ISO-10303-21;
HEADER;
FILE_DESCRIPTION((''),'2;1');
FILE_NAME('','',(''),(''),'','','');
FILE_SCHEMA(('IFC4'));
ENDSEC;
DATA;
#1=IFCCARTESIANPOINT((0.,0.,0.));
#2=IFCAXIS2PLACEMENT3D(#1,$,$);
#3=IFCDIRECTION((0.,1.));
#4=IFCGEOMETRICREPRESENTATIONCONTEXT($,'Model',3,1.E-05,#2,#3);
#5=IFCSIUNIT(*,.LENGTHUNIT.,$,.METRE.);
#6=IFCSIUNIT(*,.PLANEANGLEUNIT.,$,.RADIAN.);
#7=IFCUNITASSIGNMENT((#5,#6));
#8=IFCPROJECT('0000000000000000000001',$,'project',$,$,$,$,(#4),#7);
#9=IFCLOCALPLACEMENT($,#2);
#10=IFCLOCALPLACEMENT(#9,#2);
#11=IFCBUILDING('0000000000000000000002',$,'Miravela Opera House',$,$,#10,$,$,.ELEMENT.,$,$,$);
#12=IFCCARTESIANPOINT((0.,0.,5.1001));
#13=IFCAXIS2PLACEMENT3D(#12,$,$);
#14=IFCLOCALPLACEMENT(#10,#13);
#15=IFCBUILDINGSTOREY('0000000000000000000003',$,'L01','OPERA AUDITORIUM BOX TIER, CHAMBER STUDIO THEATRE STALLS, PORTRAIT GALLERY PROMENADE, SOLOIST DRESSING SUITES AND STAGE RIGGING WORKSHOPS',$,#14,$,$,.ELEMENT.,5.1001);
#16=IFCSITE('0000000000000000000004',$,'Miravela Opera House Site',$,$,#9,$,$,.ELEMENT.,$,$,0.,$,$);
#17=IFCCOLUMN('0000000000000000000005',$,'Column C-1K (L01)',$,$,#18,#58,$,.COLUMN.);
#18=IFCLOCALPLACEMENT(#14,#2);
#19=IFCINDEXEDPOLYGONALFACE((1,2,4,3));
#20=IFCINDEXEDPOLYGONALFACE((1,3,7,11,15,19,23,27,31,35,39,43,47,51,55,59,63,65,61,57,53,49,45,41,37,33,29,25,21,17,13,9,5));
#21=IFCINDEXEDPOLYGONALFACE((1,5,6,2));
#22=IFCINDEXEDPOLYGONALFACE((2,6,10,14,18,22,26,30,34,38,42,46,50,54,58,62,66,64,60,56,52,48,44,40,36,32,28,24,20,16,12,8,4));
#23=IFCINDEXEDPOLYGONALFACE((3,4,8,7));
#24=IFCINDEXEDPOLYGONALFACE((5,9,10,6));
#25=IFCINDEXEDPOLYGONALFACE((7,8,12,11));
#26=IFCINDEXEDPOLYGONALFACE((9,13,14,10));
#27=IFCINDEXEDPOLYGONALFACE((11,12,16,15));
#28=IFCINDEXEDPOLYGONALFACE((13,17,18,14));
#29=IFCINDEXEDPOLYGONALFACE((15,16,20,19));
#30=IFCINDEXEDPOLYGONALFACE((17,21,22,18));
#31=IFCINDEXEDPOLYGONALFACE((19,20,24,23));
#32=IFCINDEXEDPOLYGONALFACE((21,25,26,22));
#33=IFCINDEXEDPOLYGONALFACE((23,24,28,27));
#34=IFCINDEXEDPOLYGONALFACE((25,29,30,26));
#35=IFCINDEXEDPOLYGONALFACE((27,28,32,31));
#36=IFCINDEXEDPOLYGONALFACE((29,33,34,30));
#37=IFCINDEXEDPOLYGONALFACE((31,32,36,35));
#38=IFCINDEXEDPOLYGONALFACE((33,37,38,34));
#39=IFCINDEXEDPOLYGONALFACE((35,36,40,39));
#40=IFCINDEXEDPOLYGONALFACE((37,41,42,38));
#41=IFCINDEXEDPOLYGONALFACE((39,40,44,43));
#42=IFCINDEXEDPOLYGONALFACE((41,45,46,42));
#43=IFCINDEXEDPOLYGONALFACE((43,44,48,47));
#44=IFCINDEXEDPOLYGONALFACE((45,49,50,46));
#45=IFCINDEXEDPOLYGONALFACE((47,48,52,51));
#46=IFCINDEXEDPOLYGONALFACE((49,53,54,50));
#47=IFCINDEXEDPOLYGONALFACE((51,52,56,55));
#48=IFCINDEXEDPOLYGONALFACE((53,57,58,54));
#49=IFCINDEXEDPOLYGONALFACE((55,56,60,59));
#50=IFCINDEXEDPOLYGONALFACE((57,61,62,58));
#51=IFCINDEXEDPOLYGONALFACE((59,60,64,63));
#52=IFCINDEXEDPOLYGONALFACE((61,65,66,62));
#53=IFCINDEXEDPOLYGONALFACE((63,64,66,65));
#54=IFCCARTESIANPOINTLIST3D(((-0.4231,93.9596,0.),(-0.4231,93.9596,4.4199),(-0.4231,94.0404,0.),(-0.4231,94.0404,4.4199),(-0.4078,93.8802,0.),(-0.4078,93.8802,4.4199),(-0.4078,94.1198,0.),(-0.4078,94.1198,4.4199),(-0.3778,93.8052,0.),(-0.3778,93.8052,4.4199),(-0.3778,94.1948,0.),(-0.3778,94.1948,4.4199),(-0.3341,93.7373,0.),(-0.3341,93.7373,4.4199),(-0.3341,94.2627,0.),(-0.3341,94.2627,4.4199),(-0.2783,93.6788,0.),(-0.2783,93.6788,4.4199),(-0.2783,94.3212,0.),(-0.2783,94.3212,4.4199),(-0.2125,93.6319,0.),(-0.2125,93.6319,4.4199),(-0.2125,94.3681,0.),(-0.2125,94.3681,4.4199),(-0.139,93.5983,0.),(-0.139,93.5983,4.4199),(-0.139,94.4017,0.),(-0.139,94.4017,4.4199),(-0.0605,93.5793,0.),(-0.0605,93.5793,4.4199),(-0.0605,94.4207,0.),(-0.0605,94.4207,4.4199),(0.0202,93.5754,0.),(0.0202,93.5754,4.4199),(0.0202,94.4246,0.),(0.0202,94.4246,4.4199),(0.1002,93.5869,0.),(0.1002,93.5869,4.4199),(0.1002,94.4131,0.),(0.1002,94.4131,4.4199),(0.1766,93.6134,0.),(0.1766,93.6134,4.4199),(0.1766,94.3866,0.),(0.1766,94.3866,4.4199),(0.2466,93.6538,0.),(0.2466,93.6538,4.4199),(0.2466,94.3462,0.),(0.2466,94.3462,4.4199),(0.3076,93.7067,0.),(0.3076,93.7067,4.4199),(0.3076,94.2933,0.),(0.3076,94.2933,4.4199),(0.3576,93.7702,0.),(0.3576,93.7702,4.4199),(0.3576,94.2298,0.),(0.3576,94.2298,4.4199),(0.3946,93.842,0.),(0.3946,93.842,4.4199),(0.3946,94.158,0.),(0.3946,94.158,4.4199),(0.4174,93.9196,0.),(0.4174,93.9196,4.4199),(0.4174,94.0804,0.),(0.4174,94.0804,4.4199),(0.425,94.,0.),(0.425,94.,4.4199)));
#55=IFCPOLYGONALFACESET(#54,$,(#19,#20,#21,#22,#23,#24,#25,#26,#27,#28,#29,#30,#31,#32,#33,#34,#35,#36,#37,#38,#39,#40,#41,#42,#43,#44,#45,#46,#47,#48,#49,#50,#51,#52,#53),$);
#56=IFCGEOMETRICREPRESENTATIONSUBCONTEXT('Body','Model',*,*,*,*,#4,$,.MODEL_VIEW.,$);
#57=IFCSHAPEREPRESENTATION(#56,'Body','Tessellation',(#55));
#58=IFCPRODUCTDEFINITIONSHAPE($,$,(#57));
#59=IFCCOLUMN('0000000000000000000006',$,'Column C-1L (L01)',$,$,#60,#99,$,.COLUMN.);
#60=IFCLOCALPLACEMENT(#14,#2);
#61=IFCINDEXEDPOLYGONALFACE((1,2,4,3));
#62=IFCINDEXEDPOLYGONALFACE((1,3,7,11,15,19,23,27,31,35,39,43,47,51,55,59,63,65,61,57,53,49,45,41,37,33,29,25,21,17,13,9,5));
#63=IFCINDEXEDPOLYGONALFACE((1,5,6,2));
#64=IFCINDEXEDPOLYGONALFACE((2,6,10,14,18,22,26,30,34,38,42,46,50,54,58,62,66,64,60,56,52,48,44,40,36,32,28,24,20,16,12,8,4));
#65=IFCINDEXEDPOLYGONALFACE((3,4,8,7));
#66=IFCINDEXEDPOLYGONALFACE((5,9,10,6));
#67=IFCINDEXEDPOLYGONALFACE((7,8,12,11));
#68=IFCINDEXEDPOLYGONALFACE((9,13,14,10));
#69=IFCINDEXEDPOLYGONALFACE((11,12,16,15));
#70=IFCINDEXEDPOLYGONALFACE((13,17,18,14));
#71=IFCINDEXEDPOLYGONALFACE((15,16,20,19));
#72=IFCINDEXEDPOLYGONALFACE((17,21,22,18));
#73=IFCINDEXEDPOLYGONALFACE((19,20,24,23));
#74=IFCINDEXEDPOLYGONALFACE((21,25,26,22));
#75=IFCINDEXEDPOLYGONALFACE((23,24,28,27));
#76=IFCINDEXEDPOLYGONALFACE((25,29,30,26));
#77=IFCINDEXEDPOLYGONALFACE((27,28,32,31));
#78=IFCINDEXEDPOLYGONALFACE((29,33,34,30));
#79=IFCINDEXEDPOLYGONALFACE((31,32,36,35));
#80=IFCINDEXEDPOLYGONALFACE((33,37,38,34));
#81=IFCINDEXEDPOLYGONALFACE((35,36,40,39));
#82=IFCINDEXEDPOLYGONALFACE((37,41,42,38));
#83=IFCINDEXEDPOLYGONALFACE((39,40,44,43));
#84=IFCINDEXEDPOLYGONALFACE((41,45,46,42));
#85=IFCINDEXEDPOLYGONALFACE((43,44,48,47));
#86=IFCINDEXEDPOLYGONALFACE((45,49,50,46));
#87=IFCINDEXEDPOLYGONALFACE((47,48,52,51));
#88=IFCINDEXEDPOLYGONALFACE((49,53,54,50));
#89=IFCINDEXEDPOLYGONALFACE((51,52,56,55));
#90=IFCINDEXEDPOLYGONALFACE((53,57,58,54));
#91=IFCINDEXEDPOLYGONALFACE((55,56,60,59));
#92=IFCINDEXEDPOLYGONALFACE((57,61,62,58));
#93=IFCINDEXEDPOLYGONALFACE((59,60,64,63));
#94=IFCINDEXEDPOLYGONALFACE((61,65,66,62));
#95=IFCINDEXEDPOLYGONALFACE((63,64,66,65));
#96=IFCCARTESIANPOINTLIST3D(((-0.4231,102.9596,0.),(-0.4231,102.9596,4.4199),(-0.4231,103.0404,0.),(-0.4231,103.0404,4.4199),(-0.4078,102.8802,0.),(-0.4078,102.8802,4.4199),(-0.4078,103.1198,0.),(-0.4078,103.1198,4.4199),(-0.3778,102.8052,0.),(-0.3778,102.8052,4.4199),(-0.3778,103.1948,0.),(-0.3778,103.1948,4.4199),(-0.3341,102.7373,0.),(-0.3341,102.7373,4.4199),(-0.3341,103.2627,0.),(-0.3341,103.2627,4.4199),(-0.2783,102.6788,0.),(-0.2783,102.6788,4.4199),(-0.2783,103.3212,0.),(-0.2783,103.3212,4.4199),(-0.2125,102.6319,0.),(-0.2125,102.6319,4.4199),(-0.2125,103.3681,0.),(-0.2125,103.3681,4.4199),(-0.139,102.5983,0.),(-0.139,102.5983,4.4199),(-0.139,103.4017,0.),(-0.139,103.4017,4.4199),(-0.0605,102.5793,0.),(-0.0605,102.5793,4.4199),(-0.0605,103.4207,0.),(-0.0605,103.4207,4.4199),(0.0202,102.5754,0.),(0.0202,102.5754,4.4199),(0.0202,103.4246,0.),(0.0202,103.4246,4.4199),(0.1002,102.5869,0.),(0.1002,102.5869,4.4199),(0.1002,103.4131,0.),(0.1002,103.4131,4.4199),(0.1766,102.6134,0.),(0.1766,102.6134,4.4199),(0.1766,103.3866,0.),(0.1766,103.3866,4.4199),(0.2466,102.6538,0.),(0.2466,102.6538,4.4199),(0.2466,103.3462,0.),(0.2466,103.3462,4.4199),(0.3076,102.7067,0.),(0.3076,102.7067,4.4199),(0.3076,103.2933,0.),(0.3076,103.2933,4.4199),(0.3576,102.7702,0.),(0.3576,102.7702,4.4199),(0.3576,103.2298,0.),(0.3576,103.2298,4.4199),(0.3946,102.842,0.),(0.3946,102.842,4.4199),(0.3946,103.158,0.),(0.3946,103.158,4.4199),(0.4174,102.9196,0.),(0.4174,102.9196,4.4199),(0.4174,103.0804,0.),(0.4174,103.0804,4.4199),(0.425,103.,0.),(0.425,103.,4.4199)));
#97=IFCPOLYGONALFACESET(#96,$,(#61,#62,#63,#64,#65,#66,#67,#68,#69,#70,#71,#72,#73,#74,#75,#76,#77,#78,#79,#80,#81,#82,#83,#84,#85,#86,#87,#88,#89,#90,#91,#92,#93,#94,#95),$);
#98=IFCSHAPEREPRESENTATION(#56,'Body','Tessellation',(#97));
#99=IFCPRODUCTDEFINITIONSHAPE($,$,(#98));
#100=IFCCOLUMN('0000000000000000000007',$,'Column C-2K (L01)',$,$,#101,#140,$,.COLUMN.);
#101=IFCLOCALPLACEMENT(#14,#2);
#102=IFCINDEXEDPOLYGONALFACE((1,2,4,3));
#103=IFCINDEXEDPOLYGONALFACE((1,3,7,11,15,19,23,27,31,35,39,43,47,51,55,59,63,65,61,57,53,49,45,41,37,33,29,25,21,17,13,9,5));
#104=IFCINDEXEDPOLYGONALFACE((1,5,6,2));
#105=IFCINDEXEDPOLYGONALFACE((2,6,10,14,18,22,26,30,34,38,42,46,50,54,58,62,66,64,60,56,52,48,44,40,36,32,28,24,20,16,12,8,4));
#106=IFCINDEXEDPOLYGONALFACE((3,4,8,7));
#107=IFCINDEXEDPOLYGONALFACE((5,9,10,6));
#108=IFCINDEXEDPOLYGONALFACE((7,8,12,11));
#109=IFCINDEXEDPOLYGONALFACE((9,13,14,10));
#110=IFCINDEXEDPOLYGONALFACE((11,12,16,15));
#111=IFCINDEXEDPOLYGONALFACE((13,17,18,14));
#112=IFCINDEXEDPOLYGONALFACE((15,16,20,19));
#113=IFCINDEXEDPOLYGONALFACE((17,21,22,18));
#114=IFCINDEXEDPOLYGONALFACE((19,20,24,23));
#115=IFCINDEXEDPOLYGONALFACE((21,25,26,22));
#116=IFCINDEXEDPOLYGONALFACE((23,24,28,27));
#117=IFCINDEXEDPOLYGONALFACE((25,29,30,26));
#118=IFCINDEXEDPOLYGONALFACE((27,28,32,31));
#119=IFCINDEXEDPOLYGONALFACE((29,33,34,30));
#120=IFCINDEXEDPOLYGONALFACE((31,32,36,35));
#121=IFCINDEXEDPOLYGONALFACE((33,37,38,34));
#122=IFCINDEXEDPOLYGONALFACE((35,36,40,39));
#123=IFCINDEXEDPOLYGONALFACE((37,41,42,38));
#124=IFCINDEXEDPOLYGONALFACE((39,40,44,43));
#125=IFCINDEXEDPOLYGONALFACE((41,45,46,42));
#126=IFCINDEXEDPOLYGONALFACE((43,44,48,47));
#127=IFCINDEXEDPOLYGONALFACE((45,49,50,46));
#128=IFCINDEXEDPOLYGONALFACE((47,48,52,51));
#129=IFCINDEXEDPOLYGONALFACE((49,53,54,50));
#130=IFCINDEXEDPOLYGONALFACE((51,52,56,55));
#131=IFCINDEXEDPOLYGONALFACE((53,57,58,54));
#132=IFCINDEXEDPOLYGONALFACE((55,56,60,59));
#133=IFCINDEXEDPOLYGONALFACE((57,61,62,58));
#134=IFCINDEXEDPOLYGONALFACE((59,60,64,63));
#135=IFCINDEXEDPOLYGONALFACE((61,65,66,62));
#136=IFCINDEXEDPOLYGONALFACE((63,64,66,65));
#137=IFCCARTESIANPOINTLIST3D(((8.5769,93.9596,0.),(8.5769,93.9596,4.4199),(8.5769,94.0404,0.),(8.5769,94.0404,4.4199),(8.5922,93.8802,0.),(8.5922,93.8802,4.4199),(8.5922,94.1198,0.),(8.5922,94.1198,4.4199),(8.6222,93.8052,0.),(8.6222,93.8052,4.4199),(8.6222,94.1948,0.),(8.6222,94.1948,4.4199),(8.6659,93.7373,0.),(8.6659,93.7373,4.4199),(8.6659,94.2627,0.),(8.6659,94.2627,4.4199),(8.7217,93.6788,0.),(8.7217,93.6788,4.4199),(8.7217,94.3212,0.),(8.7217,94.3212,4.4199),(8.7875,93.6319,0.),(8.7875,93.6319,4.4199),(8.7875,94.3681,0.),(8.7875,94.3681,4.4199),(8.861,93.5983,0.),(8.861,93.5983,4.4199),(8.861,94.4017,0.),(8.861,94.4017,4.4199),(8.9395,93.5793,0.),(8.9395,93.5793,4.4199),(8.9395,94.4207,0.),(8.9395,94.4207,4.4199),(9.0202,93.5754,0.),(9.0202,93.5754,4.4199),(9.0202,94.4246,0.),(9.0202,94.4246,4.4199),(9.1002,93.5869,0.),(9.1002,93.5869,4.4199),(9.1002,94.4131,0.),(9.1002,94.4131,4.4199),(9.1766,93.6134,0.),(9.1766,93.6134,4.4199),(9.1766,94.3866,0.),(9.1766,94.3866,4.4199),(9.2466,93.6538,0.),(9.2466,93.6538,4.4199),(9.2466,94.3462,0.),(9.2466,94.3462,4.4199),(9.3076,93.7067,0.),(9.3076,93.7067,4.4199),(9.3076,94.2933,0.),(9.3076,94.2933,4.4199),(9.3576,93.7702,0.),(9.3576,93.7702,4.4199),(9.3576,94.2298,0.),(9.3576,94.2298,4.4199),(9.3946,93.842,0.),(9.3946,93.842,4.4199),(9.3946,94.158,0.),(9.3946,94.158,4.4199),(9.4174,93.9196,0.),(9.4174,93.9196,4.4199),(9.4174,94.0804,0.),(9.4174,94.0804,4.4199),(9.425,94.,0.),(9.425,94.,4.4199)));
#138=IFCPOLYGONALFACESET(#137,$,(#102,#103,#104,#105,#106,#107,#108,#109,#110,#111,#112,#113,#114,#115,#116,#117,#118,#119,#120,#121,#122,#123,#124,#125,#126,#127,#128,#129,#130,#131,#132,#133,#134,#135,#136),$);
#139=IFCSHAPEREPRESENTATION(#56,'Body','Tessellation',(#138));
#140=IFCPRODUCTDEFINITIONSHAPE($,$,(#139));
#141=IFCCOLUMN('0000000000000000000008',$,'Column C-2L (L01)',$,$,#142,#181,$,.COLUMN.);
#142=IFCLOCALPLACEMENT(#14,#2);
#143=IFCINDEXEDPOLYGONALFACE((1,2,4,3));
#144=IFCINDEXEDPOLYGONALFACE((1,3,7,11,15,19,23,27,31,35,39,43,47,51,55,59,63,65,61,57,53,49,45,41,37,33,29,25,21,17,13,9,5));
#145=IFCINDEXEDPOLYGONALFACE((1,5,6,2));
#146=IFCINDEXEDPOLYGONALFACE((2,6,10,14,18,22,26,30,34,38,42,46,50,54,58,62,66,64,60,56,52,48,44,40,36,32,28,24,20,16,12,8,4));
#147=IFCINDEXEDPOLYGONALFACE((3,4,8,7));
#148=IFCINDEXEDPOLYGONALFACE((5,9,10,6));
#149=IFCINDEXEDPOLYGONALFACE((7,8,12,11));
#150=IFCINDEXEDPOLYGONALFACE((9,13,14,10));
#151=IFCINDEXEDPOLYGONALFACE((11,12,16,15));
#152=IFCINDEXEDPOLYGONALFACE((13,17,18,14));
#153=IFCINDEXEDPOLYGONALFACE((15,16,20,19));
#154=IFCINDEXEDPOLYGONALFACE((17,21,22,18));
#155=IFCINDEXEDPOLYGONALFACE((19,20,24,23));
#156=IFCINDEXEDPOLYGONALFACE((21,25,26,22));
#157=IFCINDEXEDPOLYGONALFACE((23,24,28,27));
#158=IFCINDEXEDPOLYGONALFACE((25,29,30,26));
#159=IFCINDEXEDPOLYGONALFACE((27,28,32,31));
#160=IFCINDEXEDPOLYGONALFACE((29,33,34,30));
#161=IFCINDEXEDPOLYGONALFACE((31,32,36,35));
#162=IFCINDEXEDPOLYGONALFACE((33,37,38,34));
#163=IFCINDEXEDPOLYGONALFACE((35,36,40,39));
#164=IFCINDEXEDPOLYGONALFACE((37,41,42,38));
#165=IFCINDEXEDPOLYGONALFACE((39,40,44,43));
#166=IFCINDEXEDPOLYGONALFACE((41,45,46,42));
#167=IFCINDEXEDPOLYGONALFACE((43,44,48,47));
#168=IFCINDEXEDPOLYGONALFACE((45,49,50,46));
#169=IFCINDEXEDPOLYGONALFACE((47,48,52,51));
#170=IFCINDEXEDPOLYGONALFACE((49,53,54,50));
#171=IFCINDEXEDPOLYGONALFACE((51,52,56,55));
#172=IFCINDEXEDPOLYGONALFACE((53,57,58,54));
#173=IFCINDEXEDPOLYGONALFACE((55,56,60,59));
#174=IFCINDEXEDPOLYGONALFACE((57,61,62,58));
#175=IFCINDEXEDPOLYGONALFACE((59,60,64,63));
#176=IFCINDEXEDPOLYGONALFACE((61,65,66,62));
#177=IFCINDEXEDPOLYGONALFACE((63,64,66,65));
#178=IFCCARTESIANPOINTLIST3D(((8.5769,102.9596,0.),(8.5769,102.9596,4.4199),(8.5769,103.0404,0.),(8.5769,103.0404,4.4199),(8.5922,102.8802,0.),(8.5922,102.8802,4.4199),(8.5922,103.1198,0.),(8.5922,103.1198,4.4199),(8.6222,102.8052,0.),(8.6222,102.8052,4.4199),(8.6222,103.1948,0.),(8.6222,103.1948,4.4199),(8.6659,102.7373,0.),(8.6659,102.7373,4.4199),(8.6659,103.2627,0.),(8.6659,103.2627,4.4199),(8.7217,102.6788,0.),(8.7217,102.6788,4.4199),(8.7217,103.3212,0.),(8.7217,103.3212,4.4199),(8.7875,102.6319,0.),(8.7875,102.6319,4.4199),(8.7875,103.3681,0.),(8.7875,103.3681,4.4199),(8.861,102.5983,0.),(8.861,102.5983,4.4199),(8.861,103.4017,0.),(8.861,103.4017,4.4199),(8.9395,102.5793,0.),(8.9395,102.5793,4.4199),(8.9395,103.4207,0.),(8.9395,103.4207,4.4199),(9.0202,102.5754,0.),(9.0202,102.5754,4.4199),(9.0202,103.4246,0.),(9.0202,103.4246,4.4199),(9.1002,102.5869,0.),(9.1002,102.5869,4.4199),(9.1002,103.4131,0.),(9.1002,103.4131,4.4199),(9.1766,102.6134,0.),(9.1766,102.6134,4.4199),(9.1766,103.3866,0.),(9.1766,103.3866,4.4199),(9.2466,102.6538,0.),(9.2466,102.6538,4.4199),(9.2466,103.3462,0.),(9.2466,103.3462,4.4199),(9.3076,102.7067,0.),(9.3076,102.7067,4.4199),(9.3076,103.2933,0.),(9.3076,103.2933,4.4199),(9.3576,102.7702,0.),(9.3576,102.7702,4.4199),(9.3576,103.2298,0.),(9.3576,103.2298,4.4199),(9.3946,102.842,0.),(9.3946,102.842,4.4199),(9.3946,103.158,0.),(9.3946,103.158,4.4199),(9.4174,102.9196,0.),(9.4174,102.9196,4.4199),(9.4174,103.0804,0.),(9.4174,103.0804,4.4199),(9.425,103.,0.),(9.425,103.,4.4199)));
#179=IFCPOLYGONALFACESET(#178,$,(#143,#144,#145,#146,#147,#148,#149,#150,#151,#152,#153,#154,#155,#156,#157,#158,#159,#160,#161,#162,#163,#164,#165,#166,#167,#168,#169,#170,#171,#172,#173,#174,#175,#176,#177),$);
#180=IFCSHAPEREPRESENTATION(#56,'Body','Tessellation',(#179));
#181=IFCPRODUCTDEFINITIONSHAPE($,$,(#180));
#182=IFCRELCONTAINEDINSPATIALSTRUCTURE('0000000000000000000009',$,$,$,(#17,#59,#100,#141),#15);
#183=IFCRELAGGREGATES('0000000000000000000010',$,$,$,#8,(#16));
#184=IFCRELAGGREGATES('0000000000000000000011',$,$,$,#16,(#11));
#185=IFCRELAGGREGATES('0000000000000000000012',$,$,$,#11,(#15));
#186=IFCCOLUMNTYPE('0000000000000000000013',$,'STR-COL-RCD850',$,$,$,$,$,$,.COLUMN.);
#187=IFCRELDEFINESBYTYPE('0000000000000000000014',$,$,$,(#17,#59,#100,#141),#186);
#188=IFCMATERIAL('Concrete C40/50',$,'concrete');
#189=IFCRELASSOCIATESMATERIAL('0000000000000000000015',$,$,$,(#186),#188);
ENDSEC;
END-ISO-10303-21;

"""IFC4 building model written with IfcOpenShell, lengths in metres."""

from ifc_helpers import new_model, si_unit, direction, frame, origin, origin_2d, place, context, subcontext, project, spatial, circle, extrude, material, material_profile, profile_set, type_object, element, save


model = new_model("IFC4")

# Units and contexts
model_context = context("Model", 3, precision=1e-05, world=origin(), true_north=direction((0.0, 1.0)))
body_context = subcontext(model_context, "Body", "Model", "MODEL_VIEW")
ifc_project = project(units=[si_unit("LENGTHUNIT", "METRE"), si_unit("PLANEANGLEUNIT", "RADIAN")], contexts=[model_context])

# Site, building, storey
site_placement = place(None, origin())
site = spatial("IfcSite", under=ifc_project, at=site_placement, Name="Miravela Opera House Site", CompositionType="ELEMENT", RefElevation=0.0)
building_placement = place(site_placement, origin())
building = spatial("IfcBuilding", under=site, at=building_placement, Name="Miravela Opera House", CompositionType="ELEMENT")
storey_placement = place(building_placement, frame((0.0, 0.0, 5.1001)))
storey = spatial("IfcBuildingStorey", under=building, at=storey_placement, Name="L01", Description="OPERA AUDITORIUM BOX TIER, CHAMBER STUDIO THEATRE STALLS, PORTRAIT GALLERY PROMENADE, SOLOIST DRESSING SUITES AND STAGE RIGGING WORKSHOPS", CompositionType="ELEMENT", Elevation=5.1001)

# Columns
ifc_material_1 = material(Name="Concrete C40/50", Category="concrete")
ifc_material_profile_1 = material_profile(ifc_material_1, circle(Radius=0.425, at=origin_2d()), Name="RC-COL-D850")
ifc_profile_set_1 = profile_set([ifc_material_profile_1])
column_type = type_object("IfcColumnType", Name="STR-COL-RCD850", PredefinedType="COLUMN", material=ifc_profile_set_1)
for number, where, z_axis, x_axis, name in (
    (1, (0.0, 94.0, 0.0), (0.0, 0.0, 1.0), (1.0, 0.0, 0.0), "Column C-1K (L01)"),
    (2, (0.0, 103.0, 0.0), (0.0, 0.0, 1.0), (1.0, 0.0, 0.0), "Column C-1L (L01)"),
    (3, (9.0, 94.0, 0.0), (0.0, 0.0, 1.0), (1.0, 0.0, 0.0), "Column C-2K (L01)"),
    (4, (9.0, 103.0, 0.0), (0.0, 0.0, 1.0), (1.0, 0.0, 0.0), "Column C-2L (L01)"),
):
    element("IfcColumn", number, at=place(storey_placement, frame(where, z_axis=z_axis, x_axis=x_axis)), inside=storey, type_object=column_type, Name=name, PredefinedType="COLUMN", context=body_context, shape_type="SweptSolid", body=[
        extrude(circle(Radius=0.425, at=origin_2d()), origin(), (0.0, 0.0, 1.0), 4.4199),
    ])

save(model, "model.ifc")
